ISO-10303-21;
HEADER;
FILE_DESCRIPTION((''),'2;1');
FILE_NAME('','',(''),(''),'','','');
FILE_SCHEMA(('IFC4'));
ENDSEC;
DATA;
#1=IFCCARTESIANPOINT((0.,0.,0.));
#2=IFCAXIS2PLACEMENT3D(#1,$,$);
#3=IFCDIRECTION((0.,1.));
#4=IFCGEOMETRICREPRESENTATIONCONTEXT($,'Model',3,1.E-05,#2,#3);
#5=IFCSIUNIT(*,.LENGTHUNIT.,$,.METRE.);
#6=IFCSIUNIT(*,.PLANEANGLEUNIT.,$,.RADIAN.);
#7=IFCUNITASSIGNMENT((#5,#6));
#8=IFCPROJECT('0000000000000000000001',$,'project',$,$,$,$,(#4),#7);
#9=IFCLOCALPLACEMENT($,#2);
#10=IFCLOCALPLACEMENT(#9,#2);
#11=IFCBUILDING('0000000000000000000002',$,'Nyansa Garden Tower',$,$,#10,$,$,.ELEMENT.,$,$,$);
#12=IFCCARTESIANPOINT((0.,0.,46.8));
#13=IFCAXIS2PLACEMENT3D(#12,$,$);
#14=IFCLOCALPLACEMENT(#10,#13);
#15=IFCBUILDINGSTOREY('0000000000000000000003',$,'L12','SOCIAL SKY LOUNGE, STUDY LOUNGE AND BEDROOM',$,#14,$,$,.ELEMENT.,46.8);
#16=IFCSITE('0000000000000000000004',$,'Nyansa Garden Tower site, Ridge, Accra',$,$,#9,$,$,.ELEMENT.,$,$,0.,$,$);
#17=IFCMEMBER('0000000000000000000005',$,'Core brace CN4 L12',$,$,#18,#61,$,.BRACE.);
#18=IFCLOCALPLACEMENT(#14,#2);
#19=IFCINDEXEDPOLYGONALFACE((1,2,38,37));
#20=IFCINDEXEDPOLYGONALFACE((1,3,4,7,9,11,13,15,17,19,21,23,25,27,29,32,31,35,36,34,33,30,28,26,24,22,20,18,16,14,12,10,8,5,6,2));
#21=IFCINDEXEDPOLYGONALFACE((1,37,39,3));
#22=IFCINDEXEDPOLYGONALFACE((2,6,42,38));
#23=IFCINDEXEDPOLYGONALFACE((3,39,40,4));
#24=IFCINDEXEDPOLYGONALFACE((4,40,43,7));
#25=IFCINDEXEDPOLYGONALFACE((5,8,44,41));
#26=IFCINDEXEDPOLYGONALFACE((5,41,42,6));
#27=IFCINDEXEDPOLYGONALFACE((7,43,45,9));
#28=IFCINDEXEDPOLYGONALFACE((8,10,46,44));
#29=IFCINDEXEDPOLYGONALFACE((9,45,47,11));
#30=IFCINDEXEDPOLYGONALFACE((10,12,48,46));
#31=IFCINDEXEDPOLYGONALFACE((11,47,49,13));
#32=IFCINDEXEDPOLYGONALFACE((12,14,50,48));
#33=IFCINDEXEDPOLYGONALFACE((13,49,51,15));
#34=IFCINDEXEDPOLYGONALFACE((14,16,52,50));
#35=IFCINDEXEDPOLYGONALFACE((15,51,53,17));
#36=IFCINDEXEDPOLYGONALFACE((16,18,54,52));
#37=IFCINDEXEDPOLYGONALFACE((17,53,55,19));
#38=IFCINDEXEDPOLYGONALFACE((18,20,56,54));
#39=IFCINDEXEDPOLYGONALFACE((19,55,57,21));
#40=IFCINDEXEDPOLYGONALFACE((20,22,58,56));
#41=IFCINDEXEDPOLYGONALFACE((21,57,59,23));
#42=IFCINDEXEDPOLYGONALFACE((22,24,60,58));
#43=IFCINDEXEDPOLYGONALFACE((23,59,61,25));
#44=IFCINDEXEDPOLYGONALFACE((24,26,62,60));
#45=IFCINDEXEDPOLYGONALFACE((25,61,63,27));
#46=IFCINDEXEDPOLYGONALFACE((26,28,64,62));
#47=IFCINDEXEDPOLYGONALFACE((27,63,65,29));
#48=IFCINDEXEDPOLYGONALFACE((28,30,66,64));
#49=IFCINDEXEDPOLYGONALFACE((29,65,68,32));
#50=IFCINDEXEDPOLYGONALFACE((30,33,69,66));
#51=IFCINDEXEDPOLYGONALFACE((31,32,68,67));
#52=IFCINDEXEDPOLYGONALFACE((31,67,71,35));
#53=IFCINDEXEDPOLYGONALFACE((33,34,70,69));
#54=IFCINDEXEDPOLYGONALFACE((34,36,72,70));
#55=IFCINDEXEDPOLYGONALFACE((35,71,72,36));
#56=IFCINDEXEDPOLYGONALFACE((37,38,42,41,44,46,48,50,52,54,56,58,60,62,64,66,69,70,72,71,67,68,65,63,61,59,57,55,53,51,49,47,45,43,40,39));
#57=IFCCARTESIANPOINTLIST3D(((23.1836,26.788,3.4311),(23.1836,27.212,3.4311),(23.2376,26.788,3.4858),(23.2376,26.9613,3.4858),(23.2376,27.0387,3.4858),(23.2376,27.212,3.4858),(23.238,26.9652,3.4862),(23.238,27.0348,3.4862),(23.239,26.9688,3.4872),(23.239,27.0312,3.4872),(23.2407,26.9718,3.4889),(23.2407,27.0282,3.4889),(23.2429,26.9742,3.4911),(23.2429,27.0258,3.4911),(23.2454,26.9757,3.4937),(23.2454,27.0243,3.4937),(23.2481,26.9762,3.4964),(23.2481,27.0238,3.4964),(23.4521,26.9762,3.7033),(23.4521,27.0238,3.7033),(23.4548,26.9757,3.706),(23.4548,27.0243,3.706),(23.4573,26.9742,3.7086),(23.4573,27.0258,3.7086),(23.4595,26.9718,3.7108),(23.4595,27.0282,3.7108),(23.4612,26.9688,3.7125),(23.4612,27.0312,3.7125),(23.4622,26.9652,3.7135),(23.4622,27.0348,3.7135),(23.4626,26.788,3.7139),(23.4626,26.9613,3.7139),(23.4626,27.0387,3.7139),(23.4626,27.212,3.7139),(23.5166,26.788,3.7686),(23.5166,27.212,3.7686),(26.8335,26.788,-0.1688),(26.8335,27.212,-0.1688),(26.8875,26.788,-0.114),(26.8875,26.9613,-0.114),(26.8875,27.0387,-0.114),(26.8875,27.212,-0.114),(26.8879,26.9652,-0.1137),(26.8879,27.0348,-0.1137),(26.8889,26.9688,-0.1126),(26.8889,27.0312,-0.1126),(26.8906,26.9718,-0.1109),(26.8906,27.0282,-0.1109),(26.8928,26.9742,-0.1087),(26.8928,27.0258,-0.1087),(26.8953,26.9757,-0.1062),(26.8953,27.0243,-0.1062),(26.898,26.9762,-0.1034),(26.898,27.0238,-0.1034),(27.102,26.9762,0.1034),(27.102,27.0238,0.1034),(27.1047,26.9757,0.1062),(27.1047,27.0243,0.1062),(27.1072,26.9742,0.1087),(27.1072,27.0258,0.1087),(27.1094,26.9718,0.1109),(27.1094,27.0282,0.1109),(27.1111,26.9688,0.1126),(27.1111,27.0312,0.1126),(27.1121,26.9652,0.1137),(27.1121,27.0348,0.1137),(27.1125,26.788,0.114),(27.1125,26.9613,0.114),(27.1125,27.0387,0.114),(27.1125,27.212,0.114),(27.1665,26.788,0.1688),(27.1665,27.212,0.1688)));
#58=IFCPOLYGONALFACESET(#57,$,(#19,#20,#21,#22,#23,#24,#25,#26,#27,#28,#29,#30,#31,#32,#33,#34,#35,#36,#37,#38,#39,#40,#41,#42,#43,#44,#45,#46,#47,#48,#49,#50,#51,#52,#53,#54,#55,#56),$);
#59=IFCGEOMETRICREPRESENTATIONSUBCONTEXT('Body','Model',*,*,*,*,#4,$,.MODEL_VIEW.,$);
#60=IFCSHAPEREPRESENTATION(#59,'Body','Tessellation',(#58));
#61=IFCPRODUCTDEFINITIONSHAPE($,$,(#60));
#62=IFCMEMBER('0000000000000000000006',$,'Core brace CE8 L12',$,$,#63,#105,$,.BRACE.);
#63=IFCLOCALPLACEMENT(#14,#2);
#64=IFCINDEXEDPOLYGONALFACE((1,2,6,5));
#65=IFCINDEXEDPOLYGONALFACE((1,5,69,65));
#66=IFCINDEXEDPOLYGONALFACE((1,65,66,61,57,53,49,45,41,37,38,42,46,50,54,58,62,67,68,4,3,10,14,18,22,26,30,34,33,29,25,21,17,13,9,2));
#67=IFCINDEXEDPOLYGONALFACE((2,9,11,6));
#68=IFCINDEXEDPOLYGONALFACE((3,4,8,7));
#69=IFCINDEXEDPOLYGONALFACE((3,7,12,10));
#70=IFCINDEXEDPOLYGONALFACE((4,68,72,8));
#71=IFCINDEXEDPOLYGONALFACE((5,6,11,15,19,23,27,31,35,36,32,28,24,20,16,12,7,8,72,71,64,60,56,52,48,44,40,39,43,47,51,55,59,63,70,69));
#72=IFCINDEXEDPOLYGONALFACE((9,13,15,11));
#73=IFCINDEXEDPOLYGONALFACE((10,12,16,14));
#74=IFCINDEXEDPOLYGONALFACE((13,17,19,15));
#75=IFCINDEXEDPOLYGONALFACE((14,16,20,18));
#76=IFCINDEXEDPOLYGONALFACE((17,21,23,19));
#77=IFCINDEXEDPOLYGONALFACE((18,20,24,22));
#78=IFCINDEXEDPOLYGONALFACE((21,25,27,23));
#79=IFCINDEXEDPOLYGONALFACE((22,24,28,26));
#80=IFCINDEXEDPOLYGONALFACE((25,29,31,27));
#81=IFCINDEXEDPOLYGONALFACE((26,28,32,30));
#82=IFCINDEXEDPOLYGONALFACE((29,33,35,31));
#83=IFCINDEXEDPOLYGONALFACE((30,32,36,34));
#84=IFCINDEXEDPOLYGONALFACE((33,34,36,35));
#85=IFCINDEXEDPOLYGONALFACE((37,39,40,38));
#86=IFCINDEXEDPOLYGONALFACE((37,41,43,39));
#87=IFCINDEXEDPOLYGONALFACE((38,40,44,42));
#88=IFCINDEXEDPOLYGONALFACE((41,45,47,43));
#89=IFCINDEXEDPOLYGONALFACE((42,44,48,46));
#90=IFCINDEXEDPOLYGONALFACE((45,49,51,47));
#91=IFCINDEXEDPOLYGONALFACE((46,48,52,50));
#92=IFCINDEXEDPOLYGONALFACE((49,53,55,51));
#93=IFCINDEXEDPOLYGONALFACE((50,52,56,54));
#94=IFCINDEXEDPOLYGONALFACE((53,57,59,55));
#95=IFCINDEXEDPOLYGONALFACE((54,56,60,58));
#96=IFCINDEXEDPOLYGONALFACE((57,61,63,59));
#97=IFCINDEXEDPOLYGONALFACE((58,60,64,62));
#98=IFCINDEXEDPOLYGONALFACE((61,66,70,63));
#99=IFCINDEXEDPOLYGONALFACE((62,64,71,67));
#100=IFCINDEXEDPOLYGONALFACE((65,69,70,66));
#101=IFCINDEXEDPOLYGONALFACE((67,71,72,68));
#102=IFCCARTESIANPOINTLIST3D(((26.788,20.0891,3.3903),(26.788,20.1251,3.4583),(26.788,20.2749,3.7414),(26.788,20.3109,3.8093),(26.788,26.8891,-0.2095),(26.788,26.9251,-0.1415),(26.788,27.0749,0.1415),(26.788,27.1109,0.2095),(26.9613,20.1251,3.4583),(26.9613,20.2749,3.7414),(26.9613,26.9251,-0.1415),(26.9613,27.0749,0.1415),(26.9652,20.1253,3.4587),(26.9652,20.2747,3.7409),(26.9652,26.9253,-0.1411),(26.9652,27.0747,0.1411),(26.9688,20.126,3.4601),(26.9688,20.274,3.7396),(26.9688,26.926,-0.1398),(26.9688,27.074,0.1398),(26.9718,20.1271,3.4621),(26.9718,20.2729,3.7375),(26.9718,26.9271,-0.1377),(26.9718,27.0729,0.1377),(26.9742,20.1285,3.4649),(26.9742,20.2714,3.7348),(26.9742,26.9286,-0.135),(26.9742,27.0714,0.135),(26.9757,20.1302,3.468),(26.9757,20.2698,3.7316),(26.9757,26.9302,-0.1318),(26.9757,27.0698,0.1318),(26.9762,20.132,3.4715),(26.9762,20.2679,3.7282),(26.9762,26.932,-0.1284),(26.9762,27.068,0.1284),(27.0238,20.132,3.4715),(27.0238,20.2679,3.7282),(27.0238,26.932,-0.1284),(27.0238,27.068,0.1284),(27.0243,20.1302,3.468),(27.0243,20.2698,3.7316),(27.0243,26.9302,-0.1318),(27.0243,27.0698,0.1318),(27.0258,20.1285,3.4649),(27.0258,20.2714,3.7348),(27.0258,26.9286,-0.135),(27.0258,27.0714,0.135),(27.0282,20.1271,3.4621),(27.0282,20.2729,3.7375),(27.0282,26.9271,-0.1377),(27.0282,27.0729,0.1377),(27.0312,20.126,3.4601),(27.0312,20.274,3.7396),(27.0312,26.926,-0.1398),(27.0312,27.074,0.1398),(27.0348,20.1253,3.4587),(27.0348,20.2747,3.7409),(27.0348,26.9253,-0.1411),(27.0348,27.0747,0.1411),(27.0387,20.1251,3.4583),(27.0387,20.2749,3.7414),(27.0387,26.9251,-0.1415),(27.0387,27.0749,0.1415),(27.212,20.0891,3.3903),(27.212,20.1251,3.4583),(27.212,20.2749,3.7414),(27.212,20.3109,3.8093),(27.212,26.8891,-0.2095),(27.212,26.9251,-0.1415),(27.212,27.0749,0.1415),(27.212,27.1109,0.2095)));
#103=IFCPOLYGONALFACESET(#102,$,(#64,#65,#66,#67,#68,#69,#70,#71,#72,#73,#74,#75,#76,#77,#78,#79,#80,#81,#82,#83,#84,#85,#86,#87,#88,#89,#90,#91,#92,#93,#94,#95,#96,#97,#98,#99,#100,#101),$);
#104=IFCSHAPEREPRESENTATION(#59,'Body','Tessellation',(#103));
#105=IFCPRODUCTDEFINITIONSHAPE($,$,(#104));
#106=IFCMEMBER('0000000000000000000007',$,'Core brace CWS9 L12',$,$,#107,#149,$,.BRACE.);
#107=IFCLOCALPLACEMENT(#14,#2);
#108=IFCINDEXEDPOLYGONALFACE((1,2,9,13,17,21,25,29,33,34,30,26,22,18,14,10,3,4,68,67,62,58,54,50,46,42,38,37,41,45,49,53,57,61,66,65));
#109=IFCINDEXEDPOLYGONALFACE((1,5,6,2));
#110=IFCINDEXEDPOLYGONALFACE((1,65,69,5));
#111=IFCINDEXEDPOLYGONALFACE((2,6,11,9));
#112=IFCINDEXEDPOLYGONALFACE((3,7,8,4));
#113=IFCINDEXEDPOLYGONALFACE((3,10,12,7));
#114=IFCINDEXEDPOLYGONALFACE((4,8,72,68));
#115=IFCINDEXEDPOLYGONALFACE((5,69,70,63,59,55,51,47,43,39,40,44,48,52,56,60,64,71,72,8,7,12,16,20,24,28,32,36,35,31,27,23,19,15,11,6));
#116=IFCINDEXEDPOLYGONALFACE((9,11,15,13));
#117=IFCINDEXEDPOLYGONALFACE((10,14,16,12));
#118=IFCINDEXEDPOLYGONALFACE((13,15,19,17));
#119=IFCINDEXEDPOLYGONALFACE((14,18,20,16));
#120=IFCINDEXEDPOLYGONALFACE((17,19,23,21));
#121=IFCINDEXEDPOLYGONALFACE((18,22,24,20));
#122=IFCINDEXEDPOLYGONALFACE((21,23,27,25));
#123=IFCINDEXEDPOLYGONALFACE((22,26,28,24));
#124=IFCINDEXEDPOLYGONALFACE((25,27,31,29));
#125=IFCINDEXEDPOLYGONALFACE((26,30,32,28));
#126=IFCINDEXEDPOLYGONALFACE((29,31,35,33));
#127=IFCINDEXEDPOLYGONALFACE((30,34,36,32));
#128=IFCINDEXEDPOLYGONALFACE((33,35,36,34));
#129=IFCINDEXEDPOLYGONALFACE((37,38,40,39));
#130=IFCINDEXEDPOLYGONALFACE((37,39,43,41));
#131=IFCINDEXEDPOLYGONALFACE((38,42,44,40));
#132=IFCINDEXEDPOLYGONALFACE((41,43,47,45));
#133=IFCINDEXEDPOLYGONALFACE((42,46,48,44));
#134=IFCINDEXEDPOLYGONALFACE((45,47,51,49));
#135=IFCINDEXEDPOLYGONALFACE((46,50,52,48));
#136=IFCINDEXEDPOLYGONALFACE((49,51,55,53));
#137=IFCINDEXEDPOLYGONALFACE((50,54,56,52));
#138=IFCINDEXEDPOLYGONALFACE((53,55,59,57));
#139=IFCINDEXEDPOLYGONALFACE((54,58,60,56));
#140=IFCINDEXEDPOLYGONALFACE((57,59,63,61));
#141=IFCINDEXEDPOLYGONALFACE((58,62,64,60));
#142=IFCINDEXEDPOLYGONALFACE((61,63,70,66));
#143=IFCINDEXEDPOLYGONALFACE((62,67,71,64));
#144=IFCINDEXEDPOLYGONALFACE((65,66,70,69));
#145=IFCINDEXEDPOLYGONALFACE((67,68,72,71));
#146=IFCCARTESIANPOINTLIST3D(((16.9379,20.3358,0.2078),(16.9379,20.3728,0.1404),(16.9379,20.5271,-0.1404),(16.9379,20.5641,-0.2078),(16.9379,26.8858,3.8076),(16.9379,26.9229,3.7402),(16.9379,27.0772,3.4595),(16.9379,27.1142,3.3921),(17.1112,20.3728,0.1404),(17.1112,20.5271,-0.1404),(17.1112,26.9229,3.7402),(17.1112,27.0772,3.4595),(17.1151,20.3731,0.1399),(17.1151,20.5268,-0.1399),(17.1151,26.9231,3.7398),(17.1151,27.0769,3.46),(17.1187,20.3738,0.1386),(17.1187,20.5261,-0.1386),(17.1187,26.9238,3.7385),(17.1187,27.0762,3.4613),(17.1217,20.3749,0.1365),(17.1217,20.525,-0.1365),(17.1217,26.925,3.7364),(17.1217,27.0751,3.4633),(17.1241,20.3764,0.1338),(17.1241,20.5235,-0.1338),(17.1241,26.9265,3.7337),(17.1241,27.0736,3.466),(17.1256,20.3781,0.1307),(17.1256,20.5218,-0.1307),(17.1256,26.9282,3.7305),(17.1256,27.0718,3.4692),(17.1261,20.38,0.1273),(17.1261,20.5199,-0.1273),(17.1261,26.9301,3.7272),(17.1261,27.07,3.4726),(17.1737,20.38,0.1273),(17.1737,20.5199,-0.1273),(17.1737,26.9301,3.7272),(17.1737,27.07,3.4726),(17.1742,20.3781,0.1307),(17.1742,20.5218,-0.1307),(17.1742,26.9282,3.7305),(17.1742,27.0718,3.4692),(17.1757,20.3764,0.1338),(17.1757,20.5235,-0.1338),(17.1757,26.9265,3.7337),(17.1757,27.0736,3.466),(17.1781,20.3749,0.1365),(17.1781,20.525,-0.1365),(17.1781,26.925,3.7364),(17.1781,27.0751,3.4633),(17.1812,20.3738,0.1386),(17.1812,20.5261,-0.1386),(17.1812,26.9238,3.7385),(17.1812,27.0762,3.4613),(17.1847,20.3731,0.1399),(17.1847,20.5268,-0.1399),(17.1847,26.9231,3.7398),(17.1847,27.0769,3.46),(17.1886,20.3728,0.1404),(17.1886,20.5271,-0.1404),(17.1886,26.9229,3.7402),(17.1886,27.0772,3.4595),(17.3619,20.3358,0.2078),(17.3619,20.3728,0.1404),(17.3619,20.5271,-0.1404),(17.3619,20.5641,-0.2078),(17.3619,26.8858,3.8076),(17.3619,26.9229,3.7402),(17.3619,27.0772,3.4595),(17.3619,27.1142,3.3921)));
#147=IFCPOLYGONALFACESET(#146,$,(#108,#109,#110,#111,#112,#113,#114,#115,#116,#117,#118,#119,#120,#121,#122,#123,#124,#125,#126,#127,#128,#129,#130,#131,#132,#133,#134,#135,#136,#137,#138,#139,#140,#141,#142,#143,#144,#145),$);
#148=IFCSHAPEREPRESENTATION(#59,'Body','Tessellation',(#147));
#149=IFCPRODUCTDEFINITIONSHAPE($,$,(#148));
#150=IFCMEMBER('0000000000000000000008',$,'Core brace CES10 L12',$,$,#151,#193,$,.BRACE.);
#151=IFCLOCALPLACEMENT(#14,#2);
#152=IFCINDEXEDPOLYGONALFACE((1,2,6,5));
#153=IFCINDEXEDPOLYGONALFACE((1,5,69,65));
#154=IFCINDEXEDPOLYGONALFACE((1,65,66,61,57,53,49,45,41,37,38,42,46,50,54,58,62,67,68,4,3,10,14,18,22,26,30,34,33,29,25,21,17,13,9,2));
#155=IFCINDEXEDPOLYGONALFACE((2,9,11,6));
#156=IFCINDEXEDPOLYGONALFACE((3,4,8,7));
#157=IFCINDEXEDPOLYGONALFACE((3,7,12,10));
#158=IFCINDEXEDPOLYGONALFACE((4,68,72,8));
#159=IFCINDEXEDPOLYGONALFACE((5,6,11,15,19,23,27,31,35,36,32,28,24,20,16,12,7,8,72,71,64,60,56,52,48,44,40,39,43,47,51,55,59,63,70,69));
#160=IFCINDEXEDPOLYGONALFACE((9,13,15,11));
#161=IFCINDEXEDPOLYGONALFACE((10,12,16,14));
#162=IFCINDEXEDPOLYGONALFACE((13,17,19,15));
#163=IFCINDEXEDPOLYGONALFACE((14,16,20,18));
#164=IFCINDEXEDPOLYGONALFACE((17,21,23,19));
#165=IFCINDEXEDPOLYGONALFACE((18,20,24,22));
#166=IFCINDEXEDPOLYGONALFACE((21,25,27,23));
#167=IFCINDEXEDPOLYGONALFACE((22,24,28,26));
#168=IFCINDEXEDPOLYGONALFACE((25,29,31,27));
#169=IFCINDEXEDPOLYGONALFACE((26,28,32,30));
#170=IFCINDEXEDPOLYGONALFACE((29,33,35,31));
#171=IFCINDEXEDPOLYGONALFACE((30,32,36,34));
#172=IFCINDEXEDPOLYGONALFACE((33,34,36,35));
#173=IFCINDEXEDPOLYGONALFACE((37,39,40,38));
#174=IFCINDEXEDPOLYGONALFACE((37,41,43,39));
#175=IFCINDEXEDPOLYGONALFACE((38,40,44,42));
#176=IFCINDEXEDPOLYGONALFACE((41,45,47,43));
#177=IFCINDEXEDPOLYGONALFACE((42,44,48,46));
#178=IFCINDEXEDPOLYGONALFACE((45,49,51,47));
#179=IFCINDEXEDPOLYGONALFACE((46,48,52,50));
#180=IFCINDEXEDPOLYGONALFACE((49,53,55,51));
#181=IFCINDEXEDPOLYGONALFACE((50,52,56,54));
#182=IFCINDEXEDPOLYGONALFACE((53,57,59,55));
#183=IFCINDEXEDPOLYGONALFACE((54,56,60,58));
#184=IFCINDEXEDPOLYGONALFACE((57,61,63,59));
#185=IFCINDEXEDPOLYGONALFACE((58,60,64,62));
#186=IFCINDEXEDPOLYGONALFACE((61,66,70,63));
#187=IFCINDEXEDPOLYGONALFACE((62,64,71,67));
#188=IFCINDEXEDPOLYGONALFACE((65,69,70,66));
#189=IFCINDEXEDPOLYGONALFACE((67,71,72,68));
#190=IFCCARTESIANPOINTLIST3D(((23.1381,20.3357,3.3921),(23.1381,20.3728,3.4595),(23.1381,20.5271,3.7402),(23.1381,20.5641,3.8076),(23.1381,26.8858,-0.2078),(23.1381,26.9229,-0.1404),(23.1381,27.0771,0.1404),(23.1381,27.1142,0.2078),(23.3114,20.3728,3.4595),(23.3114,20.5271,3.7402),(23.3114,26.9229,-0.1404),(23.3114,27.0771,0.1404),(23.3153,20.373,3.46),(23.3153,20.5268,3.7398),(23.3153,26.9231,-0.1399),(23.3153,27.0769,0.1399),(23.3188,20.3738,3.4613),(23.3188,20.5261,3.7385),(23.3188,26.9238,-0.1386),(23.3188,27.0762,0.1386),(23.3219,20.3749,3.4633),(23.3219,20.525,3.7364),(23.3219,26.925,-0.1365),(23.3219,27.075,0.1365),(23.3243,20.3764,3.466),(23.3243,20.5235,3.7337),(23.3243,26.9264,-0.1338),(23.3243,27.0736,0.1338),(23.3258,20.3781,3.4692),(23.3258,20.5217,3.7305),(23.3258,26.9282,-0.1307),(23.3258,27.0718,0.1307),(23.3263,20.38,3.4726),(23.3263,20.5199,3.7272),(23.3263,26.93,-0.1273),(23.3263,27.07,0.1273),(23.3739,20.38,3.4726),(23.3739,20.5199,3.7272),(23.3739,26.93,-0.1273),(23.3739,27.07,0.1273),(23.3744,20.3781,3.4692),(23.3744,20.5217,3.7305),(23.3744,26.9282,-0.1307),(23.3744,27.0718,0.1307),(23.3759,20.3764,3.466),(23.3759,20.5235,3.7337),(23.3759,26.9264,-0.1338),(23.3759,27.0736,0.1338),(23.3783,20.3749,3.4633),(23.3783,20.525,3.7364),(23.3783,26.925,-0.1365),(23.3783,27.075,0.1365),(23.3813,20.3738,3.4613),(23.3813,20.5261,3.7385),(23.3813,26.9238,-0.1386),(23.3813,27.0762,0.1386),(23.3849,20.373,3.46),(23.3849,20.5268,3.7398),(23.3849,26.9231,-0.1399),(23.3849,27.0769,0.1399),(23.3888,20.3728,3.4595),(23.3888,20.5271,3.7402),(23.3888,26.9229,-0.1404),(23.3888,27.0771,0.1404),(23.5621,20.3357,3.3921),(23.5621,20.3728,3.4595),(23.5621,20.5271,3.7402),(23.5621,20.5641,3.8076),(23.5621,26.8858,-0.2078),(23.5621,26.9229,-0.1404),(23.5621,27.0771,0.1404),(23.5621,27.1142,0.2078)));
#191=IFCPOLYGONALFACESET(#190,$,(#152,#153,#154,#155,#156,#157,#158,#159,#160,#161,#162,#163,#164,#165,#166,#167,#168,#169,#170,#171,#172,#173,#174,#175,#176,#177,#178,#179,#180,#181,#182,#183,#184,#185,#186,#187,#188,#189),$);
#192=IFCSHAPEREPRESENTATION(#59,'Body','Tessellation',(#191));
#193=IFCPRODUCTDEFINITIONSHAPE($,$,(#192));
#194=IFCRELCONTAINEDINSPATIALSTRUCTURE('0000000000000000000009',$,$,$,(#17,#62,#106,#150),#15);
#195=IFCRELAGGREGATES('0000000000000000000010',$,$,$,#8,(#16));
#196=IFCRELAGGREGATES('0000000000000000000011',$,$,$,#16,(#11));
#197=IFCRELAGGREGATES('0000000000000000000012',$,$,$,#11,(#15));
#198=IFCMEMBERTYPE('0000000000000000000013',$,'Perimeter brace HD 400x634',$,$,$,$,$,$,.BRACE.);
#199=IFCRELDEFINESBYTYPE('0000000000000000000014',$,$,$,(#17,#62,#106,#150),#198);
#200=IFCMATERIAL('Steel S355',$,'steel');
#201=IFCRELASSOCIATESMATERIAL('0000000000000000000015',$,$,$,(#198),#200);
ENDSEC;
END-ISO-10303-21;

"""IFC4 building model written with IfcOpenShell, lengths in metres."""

from ifc_helpers import new_model, si_unit, direction, frame, origin, origin_2d, place, context, subcontext, project, spatial, i_section, extrude, material, material_profile, profile_set, type_object, element, save


model = new_model("IFC4")

# Units and contexts
model_context = context("Model", 3, precision=1e-05, world=origin(), true_north=direction((0.0, 1.0)))
body_context = subcontext(model_context, "Body", "Model", "MODEL_VIEW")
ifc_project = project(units=[si_unit("LENGTHUNIT", "METRE"), si_unit("PLANEANGLEUNIT", "RADIAN")], contexts=[model_context])

# Site, building, storey
site_placement = place(None, origin())
site = spatial("IfcSite", under=ifc_project, at=site_placement, Name="Nyansa Garden Tower site, Ridge, Accra", CompositionType="ELEMENT", RefElevation=0.0)
building_placement = place(site_placement, origin())
building = spatial("IfcBuilding", under=site, at=building_placement, Name="Nyansa Garden Tower", CompositionType="ELEMENT")
storey_placement = place(building_placement, frame((0.0, 0.0, 46.8)))
storey = spatial("IfcBuildingStorey", under=building, at=storey_placement, Name="L12", Description="SOCIAL SKY LOUNGE, STUDY LOUNGE AND BEDROOM", CompositionType="ELEMENT", Elevation=46.8)

# Members
ifc_material_1 = material(Name="Steel S355", Category="steel")
ifc_material_profile_1 = material_profile(ifc_material_1, i_section(OverallWidth=0.4241, OverallDepth=0.4741, WebThickness=0.0476, FlangeThickness=0.0769, FilletRadius=0.0149, at=origin_2d()), Name="HD 400x634")
ifc_profile_set_1 = profile_set([ifc_material_profile_1], Name="Steel S355")
member_type = type_object("IfcMemberType", Name="Perimeter brace HD 400x634", PredefinedType="BRACE", material=ifc_profile_set_1)
member_1_placement = place(storey_placement, frame((27.0, 27.0, 0.0), z_axis=(-0.711971, 0.0, 0.702209), x_axis=(0.0, -1.0, 0.0)))
element("IfcMember", 1, at=member_1_placement, inside=storey, type_object=member_type, Name="Core brace CN4 L12", PredefinedType="BRACE", context=body_context, shape_type="SweptSolid", body=[
    extrude(i_section(OverallWidth=0.4241, OverallDepth=0.4741, WebThickness=0.0476, FlangeThickness=0.0769, FilletRadius=0.0149, at=origin_2d()), origin(), (0.0, 0.0, 1.0), 5.1265),
])
member_2_placement = place(storey_placement, frame((27.0, 27.0, 0.0), z_axis=(0.0, -0.883797, 0.46787), x_axis=(1.0, 0.0, 0.0)))
element("IfcMember", 2, at=member_2_placement, inside=storey, type_object=member_type, Name="Core brace CE8 L12", PredefinedType="BRACE", context=body_context, shape_type="SweptSolid", body=[
    extrude(i_section(OverallWidth=0.4241, OverallDepth=0.4741, WebThickness=0.0476, FlangeThickness=0.0769, FilletRadius=0.0149, at=origin_2d()), origin(), (0.0, 0.0, 1.0), 7.6941),
])
for number, where, z_axis, x_axis, name in (
    (3, (17.1499, 20.45, 0.0), (0.0, 0.876367, 0.481644), (-1.0, 0.0, 0.0), "Core brace CWS9 L12"),
    (4, (23.3501, 27.0, 0.0), (0.0, -0.876367, 0.481644), (1.0, 0.0, 0.0), "Core brace CES10 L12"),
):
    element("IfcMember", number, at=place(storey_placement, frame(where, z_axis=z_axis, x_axis=x_axis)), inside=storey, type_object=member_type, Name=name, PredefinedType="BRACE", context=body_context, shape_type="SweptSolid", body=[
        extrude(i_section(OverallWidth=0.4241, OverallDepth=0.4741, WebThickness=0.0476, FlangeThickness=0.0769, FilletRadius=0.0149, at=origin_2d()), origin(), (0.0, 0.0, 1.0), 7.4741),
    ])

save(model, "model.ifc")
